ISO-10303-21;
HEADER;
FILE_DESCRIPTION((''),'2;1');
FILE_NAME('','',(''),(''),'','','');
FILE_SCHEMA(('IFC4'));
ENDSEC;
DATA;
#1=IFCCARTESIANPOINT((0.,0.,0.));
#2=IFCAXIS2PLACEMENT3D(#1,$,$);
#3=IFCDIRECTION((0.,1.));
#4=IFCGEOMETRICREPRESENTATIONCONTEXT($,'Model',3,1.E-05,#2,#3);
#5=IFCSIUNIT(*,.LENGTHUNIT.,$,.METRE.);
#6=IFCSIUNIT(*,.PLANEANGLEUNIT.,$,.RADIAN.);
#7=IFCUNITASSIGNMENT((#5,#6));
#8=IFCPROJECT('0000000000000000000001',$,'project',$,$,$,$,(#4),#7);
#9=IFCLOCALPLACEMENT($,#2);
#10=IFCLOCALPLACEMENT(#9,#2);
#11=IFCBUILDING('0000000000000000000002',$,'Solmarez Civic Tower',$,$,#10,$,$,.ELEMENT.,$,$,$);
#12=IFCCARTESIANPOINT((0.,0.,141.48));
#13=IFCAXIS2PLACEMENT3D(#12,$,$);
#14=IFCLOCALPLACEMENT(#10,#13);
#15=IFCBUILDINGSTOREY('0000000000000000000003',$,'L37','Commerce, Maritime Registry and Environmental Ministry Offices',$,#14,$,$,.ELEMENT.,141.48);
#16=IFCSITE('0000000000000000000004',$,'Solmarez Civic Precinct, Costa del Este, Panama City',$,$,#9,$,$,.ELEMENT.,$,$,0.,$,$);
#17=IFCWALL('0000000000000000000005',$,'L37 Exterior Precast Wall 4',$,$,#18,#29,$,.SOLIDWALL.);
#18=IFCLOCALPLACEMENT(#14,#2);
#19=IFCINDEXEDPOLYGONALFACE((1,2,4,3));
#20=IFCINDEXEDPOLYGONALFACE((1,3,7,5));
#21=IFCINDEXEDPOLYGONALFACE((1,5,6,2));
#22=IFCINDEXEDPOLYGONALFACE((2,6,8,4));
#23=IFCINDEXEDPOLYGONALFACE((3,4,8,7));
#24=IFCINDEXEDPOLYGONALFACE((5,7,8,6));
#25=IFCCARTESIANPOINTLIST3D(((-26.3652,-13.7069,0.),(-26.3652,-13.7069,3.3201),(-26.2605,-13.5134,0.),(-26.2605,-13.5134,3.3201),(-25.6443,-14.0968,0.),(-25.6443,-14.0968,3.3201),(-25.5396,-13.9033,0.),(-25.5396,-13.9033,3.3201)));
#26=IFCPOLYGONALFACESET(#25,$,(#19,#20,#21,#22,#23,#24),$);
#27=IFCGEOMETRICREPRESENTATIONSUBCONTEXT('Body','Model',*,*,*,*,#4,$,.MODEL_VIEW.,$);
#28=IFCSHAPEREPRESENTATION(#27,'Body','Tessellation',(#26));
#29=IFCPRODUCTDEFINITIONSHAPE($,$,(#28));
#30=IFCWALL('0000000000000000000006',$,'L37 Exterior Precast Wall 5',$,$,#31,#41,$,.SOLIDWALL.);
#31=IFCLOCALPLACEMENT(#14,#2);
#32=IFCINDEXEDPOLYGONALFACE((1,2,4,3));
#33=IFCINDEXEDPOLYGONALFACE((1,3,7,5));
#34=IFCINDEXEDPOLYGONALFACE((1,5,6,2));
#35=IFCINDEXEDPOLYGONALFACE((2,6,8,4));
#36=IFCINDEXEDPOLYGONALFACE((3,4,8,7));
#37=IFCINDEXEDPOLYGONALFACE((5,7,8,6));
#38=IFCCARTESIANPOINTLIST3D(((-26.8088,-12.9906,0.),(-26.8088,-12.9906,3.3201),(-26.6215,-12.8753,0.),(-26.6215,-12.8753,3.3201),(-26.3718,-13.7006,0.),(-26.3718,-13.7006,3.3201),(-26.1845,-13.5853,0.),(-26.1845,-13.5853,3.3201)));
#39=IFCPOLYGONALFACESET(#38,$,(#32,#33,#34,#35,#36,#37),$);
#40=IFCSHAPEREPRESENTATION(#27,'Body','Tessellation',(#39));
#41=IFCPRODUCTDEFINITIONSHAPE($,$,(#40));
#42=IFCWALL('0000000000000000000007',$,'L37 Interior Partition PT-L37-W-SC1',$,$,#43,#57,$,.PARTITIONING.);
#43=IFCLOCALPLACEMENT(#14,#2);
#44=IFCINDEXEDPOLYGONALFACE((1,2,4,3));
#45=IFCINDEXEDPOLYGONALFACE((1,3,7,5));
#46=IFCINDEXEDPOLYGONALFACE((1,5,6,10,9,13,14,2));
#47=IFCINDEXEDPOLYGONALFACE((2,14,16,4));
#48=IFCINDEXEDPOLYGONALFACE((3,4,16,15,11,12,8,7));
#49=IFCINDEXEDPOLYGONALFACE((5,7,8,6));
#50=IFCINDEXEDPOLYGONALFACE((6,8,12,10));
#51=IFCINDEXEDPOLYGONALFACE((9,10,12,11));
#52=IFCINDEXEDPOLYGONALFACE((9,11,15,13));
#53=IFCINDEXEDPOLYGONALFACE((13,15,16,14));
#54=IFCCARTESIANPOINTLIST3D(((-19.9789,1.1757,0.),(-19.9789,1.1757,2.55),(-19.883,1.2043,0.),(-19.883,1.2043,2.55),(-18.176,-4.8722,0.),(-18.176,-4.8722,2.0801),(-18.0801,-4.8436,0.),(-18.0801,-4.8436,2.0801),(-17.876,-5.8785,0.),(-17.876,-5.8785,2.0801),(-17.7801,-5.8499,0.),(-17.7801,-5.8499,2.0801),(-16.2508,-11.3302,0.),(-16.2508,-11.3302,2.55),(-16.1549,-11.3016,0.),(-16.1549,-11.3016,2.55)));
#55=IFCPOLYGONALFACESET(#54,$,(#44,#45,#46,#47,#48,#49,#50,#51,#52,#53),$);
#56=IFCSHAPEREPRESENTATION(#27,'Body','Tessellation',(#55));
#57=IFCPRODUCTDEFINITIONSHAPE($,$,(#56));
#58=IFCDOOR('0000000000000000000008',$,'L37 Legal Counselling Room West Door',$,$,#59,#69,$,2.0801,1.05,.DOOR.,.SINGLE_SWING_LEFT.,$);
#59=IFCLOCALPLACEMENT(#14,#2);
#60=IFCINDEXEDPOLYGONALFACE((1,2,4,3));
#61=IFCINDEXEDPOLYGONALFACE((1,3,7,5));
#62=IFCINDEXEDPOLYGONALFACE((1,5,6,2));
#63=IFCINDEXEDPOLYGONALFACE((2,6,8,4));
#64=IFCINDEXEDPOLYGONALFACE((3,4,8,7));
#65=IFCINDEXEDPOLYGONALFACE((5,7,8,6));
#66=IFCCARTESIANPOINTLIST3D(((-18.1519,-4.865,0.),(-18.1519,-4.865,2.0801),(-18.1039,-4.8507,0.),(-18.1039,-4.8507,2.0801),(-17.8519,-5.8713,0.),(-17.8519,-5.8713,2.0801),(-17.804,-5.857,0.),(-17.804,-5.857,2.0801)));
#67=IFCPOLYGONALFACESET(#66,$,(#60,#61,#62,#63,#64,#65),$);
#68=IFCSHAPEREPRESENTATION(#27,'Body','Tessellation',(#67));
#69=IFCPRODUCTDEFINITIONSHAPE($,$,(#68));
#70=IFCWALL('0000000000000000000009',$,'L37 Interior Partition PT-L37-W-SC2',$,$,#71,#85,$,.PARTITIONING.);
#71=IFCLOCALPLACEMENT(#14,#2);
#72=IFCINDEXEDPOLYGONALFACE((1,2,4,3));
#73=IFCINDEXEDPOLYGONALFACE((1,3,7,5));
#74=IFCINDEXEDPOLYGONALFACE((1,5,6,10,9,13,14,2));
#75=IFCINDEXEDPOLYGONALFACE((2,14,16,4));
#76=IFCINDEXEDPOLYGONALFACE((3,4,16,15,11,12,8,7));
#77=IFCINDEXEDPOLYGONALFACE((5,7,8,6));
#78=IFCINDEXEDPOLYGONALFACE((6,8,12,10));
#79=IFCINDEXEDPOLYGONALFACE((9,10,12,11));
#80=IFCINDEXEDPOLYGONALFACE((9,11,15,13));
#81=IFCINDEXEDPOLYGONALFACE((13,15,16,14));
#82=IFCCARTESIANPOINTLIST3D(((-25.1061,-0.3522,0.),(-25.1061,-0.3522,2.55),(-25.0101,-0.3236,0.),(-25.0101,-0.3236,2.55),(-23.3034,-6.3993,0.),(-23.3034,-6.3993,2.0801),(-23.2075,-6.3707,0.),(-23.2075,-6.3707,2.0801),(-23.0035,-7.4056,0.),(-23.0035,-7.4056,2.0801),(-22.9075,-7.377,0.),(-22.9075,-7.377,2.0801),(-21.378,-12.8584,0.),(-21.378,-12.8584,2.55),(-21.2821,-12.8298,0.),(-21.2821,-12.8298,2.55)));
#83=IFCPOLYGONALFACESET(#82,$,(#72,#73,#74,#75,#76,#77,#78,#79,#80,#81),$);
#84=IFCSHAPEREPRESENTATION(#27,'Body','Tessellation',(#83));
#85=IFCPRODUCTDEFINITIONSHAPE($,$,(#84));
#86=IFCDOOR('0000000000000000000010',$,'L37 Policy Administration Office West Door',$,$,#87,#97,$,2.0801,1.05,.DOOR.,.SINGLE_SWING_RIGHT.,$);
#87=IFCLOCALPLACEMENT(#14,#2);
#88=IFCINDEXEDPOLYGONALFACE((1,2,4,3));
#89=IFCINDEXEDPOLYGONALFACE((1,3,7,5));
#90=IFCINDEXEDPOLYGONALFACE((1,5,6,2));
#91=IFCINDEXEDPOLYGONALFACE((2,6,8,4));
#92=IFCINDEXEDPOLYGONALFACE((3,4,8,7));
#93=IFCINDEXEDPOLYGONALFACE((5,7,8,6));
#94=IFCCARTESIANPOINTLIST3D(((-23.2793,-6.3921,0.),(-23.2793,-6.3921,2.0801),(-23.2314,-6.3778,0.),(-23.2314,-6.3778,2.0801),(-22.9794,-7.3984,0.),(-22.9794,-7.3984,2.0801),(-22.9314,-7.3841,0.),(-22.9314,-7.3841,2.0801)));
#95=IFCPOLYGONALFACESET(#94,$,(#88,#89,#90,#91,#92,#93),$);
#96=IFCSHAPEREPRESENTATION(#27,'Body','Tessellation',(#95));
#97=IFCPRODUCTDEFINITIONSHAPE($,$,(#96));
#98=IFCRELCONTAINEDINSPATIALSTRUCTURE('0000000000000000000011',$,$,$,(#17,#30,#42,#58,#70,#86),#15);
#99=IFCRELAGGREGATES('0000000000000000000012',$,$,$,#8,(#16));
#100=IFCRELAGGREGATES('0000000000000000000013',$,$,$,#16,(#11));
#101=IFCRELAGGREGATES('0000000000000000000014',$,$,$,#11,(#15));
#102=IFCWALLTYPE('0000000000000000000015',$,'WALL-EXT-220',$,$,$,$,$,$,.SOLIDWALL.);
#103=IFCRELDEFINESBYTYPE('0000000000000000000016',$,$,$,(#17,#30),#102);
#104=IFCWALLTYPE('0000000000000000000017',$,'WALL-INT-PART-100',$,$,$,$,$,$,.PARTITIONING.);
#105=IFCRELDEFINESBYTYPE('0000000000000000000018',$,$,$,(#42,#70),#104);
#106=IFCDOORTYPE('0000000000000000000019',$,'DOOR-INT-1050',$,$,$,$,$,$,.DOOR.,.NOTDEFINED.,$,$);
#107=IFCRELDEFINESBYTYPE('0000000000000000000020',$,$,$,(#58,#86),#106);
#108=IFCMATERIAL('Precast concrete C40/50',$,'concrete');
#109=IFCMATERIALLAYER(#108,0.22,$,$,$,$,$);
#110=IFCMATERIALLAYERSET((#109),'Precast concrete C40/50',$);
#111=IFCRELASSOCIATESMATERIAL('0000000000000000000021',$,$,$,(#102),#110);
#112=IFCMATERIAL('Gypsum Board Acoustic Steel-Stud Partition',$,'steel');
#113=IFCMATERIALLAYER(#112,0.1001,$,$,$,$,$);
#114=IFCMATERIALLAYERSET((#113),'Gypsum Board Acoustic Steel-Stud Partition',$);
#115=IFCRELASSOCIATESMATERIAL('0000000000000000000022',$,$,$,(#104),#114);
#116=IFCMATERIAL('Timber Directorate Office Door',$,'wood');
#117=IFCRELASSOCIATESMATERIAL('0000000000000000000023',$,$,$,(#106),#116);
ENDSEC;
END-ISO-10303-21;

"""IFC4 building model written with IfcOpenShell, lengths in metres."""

from ifc_helpers import new_model, si_unit, direction, frame, frame_2d, origin, place, context, subcontext, project, spatial, rectangle, extrude, material, layer, layer_set, type_object, element, fill, save


model = new_model("IFC4")

# Units and contexts
model_context = context("Model", 3, precision=1e-05, world=origin(), true_north=direction((0.0, 1.0)))
body_context = subcontext(model_context, "Body", "Model", "MODEL_VIEW")
ifc_project = project(units=[si_unit("LENGTHUNIT", "METRE"), si_unit("PLANEANGLEUNIT", "RADIAN")], contexts=[model_context])

# Site, building, storey
site_placement = place(None, origin())
site = spatial("IfcSite", under=ifc_project, at=site_placement, Name="Solmarez Civic Precinct, Costa del Este, Panama City", CompositionType="ELEMENT", RefElevation=0.0)
building_placement = place(site_placement, origin())
building = spatial("IfcBuilding", under=site, at=building_placement, Name="Solmarez Civic Tower", CompositionType="ELEMENT")
storey_placement = place(building_placement, frame((0.0, 0.0, 141.48)))
storey = spatial("IfcBuildingStorey", under=building, at=storey_placement, Name="L37", Description="Commerce, Maritime Registry and Environmental Ministry Offices", CompositionType="ELEMENT", Elevation=141.48)

# Walls
ifc_material_1 = material(Name="Precast concrete C40/50", Category="concrete")
ifc_layer_1 = layer(ifc_material_1, 0.22)
ifc_layer_set_1 = layer_set([ifc_layer_1], Name="Precast concrete C40/50")
wall_type_1 = type_object("IfcWallType", Name="WALL-EXT-220", PredefinedType="SOLIDWALL", material=ifc_layer_set_1)
wall_1_placement = place(storey_placement, frame((-25.592, -14.0, 0.0), z_axis=(0.0, 0.0, 1.0), x_axis=(-0.879609, 0.475698, 0.0)))
element("IfcWall", 1, at=wall_1_placement, inside=storey, type_object=wall_type_1, Name="L37 Exterior Precast Wall 4", PredefinedType="SOLIDWALL", context=body_context, shape_type="SweptSolid", body=[
    extrude(rectangle(XDim=0.8196, YDim=0.22, at=frame_2d((0.4097, 0.0))), origin(), (0.0, 0.0, 1.0), 3.3201),
])
wall_2_placement = place(storey_placement, frame((-26.2781, -13.6431, 0.0), z_axis=(0.0, 0.0, 1.0), x_axis=(-0.524195, 0.851598, 0.0)))
element("IfcWall", 2, at=wall_2_placement, inside=storey, type_object=wall_type_1, Name="L37 Exterior Precast Wall 5", PredefinedType="SOLIDWALL", context=body_context, shape_type="SweptSolid", body=[
    extrude(rectangle(XDim=0.8337, YDim=0.22, at=frame_2d((0.417, 0.0))), origin(), (0.0, 0.0, 1.0), 3.3201),
])

# Walls, openings, doors
ifc_material_2 = material(Name="Gypsum Board Acoustic Steel-Stud Partition", Category="steel")
ifc_layer_2 = layer(ifc_material_2, 0.1001)
ifc_layer_set_2 = layer_set([ifc_layer_2], Name="Gypsum Board Acoustic Steel-Stud Partition")
wall_type_2 = type_object("IfcWallType", Name="WALL-INT-PART-100", PredefinedType="PARTITIONING", material=ifc_layer_set_2)
wall_3_placement = place(storey_placement, frame((-16.2029, -11.3159, 0.0), z_axis=(0.0, 0.0, 1.0), x_axis=(-0.285679, 0.958325, 0.0)))
wall_3 = element("IfcWall", 3, at=wall_3_placement, inside=storey, type_object=wall_type_2, Name="L37 Interior Partition PT-L37-W-SC1", PredefinedType="PARTITIONING", context=body_context, shape_type="SweptSolid", body=[
    extrude(rectangle(XDim=13.0498, YDim=0.1001, at=frame_2d((6.5249, 0.0))), origin(), (0.0, 0.0, 1.0), 2.55),
])
opening_1_placement = place(wall_3_placement, frame((5.689, 0.0, 0.0)))
opening_1 = element("IfcOpeningElement", 4, at=opening_1_placement, cuts=wall_3, PredefinedType="OPENING", context=body_context, shape_type="SweptSolid", body=[
    extrude(rectangle(XDim=1.05, YDim=2.0801, at=frame_2d((0.5249, 1.04))), frame((0.0, 0.0601, 0.0), z_axis=(0.0, -1.0, 0.0), x_axis=(1.0, 0.0, 0.0)), (0.0, 0.0, 1.0), 0.1201),
])
ifc_material_3 = material(Name="Timber Directorate Office Door", Category="wood")
door_type = type_object("IfcDoorType", Name="DOOR-INT-1050", OperationType="NOTDEFINED", PredefinedType="DOOR", material=ifc_material_3)
door_1_placement = place(opening_1_placement, origin())
door_1 = element("IfcDoor", 5, at=door_1_placement, inside=storey, type_object=door_type, Name="L37 Legal Counselling Room West Door", OperationType="SINGLE_SWING_LEFT", OverallHeight=2.0801, OverallWidth=1.05, PredefinedType="DOOR", context=body_context, shape_type="SweptSolid", body=[
    extrude(rectangle(XDim=1.05, YDim=2.0801, at=frame_2d((0.5249, 1.04))), frame((0.0, 0.0249, 0.0), z_axis=(0.0, -1.0, 0.0), x_axis=(1.0, 0.0, 0.0)), (0.0, 0.0, 1.0), 0.05),
])
fill(opening_1, door_1)
wall_4_placement = place(storey_placement, frame((-21.3301, -12.844, 0.0), z_axis=(0.0, 0.0, 1.0), x_axis=(-0.285674, 0.958327, 0.0)))
wall_4 = element("IfcWall", 6, at=wall_4_placement, inside=storey, type_object=wall_type_2, Name="L37 Interior Partition PT-L37-W-SC2", PredefinedType="PARTITIONING", context=body_context, shape_type="SweptSolid", body=[
    extrude(rectangle(XDim=13.05, YDim=0.1001, at=frame_2d((6.5249, 0.0))), origin(), (0.0, 0.0, 1.0), 2.55),
])
opening_2_placement = place(wall_4_placement, frame((5.6899, 0.0, 0.0)))
opening_2 = element("IfcOpeningElement", 7, at=opening_2_placement, cuts=wall_4, PredefinedType="OPENING", context=body_context, shape_type="SweptSolid", body=[
    extrude(rectangle(XDim=1.05, YDim=2.0801, at=frame_2d((0.5249, 1.04))), frame((0.0, 0.0601, 0.0), z_axis=(0.0, -1.0, 0.0), x_axis=(1.0, 0.0, 0.0)), (0.0, 0.0, 1.0), 0.1201),
])
door_2_placement = place(opening_2_placement, origin())
door_2 = element("IfcDoor", 8, at=door_2_placement, inside=storey, type_object=door_type, Name="L37 Policy Administration Office West Door", OperationType="SINGLE_SWING_RIGHT", OverallHeight=2.0801, OverallWidth=1.05, PredefinedType="DOOR", context=body_context, shape_type="SweptSolid", body=[
    extrude(rectangle(XDim=1.05, YDim=2.0801, at=frame_2d((0.5249, 1.04))), frame((0.0, 0.0249, 0.0), z_axis=(0.0, -1.0, 0.0), x_axis=(1.0, 0.0, 0.0)), (0.0, 0.0, 1.0), 0.05),
])
fill(opening_2, door_2)

save(model, "model.ifc")
